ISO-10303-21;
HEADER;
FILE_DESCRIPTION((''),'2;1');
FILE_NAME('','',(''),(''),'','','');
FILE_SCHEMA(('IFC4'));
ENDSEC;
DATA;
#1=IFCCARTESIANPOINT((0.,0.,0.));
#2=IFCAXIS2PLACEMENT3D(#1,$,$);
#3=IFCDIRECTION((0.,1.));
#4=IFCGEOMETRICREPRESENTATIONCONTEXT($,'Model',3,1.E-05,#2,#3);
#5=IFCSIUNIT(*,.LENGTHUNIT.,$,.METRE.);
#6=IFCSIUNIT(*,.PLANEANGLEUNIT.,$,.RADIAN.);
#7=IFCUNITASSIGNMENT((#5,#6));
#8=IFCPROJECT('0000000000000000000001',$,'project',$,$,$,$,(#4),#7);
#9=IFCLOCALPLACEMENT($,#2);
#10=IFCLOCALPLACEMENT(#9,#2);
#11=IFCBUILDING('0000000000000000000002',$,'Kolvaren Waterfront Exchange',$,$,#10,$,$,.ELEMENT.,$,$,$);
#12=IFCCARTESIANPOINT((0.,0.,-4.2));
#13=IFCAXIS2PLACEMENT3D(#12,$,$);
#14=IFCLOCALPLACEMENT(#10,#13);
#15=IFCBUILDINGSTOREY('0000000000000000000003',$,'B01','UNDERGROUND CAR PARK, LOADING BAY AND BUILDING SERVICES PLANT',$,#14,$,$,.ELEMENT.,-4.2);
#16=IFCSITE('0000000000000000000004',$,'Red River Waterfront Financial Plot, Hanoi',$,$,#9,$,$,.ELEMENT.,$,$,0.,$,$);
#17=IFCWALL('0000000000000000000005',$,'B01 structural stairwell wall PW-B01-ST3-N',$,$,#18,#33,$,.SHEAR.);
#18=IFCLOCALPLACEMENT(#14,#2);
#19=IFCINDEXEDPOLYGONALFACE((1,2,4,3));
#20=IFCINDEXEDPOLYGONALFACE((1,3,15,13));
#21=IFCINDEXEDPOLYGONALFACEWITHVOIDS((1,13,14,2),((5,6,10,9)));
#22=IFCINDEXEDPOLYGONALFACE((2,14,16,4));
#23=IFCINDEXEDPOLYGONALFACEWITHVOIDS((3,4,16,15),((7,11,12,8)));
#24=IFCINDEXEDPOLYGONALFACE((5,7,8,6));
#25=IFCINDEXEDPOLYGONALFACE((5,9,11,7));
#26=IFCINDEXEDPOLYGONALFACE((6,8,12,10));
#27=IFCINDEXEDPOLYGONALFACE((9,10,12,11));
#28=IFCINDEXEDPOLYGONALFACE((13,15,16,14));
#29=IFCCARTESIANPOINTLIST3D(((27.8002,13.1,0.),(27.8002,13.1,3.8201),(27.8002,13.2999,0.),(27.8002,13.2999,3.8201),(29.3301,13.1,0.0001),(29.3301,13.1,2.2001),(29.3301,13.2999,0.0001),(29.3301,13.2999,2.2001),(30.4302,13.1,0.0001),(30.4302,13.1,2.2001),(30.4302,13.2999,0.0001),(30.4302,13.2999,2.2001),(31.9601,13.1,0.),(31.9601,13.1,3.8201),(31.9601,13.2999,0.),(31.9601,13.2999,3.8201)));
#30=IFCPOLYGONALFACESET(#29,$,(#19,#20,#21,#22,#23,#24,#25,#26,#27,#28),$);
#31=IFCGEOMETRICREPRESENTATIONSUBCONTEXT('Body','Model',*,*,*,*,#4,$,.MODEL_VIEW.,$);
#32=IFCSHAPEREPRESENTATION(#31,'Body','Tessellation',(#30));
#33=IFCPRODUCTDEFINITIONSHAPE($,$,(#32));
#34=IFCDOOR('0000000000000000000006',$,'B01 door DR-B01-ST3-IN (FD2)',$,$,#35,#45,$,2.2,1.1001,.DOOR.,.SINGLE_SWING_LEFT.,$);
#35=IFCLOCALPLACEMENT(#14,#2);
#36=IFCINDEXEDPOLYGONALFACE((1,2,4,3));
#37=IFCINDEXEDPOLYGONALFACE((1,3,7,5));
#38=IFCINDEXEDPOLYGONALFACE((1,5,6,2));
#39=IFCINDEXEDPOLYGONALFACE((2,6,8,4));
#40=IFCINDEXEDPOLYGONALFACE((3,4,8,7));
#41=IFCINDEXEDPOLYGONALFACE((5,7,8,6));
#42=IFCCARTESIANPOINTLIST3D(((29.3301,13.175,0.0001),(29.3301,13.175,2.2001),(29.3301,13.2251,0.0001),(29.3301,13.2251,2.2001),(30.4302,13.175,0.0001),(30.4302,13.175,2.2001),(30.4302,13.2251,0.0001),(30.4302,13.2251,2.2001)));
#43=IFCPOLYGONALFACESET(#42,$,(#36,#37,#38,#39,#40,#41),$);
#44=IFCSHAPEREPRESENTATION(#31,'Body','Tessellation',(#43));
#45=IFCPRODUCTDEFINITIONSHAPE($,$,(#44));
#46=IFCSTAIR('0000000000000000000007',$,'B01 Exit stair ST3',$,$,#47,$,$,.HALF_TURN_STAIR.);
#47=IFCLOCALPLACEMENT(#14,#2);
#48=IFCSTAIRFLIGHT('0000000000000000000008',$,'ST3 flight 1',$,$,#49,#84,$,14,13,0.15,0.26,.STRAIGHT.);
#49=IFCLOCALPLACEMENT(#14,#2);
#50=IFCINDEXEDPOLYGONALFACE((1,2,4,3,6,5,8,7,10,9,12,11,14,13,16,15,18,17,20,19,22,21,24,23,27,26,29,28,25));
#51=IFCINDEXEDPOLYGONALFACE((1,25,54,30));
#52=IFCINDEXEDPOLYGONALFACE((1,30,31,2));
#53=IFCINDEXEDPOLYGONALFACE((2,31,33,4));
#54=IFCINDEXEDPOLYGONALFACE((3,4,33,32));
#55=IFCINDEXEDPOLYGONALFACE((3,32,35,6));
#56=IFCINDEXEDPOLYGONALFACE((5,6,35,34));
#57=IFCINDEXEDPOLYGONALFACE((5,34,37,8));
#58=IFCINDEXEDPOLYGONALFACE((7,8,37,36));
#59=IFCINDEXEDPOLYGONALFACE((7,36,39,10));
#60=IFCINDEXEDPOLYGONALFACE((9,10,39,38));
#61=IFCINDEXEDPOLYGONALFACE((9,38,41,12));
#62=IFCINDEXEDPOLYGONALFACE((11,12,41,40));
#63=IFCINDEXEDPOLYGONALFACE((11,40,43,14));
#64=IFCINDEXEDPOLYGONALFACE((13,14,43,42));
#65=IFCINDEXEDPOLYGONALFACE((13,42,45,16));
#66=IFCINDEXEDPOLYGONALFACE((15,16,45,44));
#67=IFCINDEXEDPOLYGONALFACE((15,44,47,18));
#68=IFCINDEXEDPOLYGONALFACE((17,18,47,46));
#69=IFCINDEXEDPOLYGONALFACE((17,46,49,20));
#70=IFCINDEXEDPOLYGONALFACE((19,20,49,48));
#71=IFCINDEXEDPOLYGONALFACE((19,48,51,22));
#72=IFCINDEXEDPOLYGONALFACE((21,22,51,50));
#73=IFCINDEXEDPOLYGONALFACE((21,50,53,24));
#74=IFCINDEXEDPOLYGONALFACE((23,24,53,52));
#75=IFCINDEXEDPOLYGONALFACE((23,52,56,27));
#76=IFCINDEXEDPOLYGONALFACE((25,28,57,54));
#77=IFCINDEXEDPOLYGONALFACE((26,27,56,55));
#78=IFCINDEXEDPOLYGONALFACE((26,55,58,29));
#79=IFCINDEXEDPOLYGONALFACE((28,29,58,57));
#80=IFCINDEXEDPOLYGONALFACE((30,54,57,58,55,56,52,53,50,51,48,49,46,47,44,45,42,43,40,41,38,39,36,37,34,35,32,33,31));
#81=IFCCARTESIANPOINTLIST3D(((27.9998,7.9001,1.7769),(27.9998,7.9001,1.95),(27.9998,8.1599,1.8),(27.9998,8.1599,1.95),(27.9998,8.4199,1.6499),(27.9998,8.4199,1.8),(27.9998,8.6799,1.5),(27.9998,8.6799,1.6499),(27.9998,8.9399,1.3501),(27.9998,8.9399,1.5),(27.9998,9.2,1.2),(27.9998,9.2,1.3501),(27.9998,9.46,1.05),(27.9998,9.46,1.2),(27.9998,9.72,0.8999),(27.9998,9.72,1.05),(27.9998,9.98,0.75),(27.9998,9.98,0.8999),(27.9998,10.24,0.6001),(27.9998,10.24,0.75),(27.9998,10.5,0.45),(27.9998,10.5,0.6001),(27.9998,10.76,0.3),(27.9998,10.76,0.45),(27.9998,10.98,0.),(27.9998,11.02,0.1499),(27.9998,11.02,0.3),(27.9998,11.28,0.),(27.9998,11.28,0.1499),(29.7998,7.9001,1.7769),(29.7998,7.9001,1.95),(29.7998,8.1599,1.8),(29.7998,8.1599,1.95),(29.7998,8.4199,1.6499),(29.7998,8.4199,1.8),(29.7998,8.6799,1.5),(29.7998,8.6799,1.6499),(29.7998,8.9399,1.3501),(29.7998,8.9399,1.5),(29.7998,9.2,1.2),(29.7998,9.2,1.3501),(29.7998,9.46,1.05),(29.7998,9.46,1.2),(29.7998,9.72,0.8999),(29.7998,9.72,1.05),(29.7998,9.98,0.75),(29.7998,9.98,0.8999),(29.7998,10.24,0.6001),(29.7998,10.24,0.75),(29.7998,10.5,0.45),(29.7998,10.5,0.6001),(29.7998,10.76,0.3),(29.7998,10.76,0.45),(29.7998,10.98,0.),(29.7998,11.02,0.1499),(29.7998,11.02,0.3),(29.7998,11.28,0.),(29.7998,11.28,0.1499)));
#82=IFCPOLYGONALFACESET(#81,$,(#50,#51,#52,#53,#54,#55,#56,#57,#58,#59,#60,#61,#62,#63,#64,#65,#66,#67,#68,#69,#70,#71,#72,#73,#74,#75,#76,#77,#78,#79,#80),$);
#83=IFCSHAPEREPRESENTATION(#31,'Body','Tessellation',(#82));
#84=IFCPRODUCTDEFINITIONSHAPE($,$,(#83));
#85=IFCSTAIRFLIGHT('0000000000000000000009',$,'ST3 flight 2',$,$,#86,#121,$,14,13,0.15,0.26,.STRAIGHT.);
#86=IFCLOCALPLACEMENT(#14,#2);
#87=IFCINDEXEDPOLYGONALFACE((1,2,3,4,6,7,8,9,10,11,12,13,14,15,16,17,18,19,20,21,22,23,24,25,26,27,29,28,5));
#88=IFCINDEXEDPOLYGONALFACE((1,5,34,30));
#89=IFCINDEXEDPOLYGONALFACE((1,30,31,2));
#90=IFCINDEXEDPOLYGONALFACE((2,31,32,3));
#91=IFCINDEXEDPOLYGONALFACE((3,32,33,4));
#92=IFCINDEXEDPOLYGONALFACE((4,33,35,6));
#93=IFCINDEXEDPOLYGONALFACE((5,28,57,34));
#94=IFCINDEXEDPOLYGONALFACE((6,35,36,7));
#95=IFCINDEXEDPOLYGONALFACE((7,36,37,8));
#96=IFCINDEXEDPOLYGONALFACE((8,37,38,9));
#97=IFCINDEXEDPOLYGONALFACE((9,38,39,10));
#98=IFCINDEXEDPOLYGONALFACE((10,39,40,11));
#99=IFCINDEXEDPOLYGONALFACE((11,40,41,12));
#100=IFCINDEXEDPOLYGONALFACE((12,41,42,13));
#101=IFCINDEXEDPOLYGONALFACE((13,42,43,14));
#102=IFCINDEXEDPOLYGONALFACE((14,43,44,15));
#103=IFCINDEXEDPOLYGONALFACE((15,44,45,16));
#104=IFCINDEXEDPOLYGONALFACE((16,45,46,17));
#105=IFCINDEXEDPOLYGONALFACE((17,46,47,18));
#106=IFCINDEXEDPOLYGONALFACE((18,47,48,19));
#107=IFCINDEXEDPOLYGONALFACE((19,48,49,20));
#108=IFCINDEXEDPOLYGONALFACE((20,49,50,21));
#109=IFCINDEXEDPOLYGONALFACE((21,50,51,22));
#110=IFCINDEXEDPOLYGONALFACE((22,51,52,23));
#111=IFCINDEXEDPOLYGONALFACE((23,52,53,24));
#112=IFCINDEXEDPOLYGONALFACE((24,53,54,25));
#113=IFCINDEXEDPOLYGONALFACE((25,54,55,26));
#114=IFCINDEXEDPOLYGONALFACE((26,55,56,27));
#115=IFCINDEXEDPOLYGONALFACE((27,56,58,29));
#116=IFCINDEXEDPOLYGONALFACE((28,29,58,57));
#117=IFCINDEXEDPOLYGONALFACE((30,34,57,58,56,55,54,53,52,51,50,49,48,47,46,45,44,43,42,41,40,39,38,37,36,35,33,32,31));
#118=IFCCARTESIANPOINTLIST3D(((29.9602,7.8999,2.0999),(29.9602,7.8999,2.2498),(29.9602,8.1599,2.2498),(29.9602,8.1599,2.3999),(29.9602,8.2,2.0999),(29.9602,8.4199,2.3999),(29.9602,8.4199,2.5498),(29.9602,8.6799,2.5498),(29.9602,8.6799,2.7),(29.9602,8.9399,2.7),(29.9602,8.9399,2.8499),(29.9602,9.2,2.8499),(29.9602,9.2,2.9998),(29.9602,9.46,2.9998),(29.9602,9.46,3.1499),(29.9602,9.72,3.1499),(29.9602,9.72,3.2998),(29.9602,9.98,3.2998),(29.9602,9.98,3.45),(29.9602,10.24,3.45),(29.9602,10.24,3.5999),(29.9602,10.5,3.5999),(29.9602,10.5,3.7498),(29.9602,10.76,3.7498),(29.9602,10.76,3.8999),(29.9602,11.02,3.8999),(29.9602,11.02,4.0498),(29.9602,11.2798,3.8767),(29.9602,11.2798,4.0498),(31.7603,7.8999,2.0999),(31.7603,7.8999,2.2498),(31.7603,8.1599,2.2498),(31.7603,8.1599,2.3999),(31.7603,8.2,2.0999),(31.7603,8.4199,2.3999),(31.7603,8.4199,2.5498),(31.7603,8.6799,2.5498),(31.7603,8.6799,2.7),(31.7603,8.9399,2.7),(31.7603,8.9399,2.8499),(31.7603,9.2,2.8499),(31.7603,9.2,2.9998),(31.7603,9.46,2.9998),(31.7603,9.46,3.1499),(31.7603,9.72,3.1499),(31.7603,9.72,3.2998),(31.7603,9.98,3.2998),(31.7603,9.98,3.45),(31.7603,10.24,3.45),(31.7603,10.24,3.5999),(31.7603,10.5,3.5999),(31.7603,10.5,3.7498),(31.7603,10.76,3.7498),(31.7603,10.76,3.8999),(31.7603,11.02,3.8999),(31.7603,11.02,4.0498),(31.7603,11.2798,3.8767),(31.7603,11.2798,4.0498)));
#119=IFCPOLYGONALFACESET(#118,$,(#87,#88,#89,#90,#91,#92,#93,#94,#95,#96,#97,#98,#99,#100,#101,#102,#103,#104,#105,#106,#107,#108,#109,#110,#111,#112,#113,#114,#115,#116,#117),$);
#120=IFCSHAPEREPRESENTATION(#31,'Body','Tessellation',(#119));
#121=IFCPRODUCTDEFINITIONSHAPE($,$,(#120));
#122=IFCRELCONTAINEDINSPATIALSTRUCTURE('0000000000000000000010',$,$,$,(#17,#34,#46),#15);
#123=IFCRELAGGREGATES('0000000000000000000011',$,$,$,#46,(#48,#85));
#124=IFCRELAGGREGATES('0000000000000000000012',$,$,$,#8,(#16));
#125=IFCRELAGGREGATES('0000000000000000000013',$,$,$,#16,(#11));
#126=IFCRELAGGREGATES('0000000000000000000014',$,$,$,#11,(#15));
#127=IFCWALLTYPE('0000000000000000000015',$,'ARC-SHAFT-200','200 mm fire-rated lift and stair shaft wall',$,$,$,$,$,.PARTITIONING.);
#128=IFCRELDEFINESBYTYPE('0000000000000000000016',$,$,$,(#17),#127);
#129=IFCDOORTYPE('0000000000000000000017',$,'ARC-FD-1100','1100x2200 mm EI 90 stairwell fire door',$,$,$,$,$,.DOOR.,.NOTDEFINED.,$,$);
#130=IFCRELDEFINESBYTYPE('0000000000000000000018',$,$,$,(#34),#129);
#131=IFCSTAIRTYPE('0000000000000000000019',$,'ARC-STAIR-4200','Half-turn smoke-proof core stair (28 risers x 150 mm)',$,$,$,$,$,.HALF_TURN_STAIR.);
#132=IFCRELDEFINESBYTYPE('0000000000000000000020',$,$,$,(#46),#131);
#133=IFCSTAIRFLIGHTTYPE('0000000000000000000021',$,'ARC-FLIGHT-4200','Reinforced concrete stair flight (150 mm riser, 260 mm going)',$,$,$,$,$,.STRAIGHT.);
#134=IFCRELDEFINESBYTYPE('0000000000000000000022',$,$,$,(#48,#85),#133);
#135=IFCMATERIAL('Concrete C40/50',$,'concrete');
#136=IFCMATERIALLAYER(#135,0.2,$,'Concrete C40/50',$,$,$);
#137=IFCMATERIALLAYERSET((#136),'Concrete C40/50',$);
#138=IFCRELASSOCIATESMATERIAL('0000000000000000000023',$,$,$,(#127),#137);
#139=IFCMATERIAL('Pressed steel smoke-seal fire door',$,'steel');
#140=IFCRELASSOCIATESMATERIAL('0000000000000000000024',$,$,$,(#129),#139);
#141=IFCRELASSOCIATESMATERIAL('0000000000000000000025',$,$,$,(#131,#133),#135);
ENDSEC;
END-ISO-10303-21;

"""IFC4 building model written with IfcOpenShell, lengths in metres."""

from ifc_helpers import new_model, si_unit, direction, frame, frame_2d, origin, place, context, subcontext, project, spatial, polyline, rectangle, outline, extrude, material, layer, layer_set, type_object, element, fill, aggregate, save


model = new_model("IFC4")

# Units and contexts
model_context = context("Model", 3, precision=1e-05, world=origin(), true_north=direction((0.0, 1.0)))
body_context = subcontext(model_context, "Body", "Model", "MODEL_VIEW")
ifc_project = project(units=[si_unit("LENGTHUNIT", "METRE"), si_unit("PLANEANGLEUNIT", "RADIAN")], contexts=[model_context])

# Site, building, storey
site_placement = place(None, origin())
site = spatial("IfcSite", under=ifc_project, at=site_placement, Name="Red River Waterfront Financial Plot, Hanoi", CompositionType="ELEMENT", RefElevation=0.0)
building_placement = place(site_placement, origin())
building = spatial("IfcBuilding", under=site, at=building_placement, Name="Kolvaren Waterfront Exchange", CompositionType="ELEMENT")
storey_placement = place(building_placement, frame((0.0, 0.0, -4.2)))
storey = spatial("IfcBuildingStorey", under=building, at=storey_placement, Name="B01", Description="UNDERGROUND CAR PARK, LOADING BAY AND BUILDING SERVICES PLANT", CompositionType="ELEMENT", Elevation=-4.2)

# Shared definitions
ifc_material_1 = material(Name="Concrete C40/50", Category="concrete")

# Shared definitions
ifc_layer = layer(ifc_material_1, 0.2, Name="Concrete C40/50")
ifc_layer_set = layer_set([ifc_layer], Name="Concrete C40/50")
wall_type = type_object("IfcWallType", Name="ARC-SHAFT-200", Description="200 mm fire-rated lift and stair shaft wall", PredefinedType="PARTITIONING", material=ifc_layer_set)

# Wall, opening, door
wall_1_placement = place(storey_placement, frame((27.8, 13.2, 0.0), z_axis=(0.0, 0.0, 1.0), x_axis=(1.0, 0.0, 0.0)))
wall_1 = element("IfcWall", 1, at=wall_1_placement, inside=storey, type_object=wall_type, Name="B01 structural stairwell wall PW-B01-ST3-N", PredefinedType="SHEAR", context=body_context, shape_type="SweptSolid", body=[
    extrude(rectangle(XDim=4.1599, YDim=0.2, at=frame_2d((2.0801, 0.0))), origin(), (0.0, 0.0, 1.0), 3.8201),
])
opening_placement = place(wall_1_placement, frame((1.53, 0.0, 0.0)))
opening = element("IfcOpeningElement", 2, at=opening_placement, cuts=wall_1, PredefinedType="OPENING", context=body_context, shape_type="SweptSolid", body=[
    extrude(rectangle(XDim=1.1001, YDim=2.2, at=frame_2d((0.55, 1.1001))), frame((0.0, 0.1099, 0.0), z_axis=(0.0, -1.0, 0.0), x_axis=(1.0, 0.0, 0.0)), (0.0, 0.0, 1.0), 0.22),
])
ifc_material_2 = material(Name="Pressed steel smoke-seal fire door", Category="steel")
door_type = type_object("IfcDoorType", Name="ARC-FD-1100", Description="1100x2200 mm EI 90 stairwell fire door", OperationType="NOTDEFINED", PredefinedType="DOOR", material=ifc_material_2)
door_placement = place(opening_placement, frame((1.1001, 0.0, 0.0), z_axis=(0.0, 0.0, 1.0), x_axis=(-1.0, 0.0, 0.0)))
door = element("IfcDoor", 3, at=door_placement, inside=storey, type_object=door_type, Name="B01 door DR-B01-ST3-IN (FD2)", OperationType="SINGLE_SWING_LEFT", OverallHeight=2.2, OverallWidth=1.1001, PredefinedType="DOOR", context=body_context, shape_type="SweptSolid", body=[
    extrude(rectangle(XDim=1.1001, YDim=2.2, at=frame_2d((0.55, 1.1001))), frame((0.0, 0.0249, 0.0), z_axis=(0.0, -1.0, 0.0), x_axis=(1.0, 0.0, 0.0)), (0.0, 0.0, 1.0), 0.05),
])
fill(opening, door)

# Stair, stair flights
stair_type = type_object("IfcStairType", Name="ARC-STAIR-4200", Description="Half-turn smoke-proof core stair (28 risers x 150 mm)", PredefinedType="HALF_TURN_STAIR", material=ifc_material_1)
stair_placement = place(storey_placement, origin())
stair = element("IfcStair", 4, at=stair_placement, inside=storey, type_object=stair_type, Name="B01 Exit stair ST3", PredefinedType="HALF_TURN_STAIR")
stair_flight_type = type_object("IfcStairFlightType", Name="ARC-FLIGHT-4200", Description="Reinforced concrete stair flight (150 mm riser, 260 mm going)", PredefinedType="STRAIGHT", material=ifc_material_1)
stair_flight_1_placement = place(storey_placement, frame((28.8999, 11.28, 0.0), z_axis=(0.0, 0.0, 1.0), x_axis=(0.0, -1.0, 0.0)))
stair_flight_1 = element("IfcStairFlight", 5, at=stair_flight_1_placement, type_object=stair_flight_type, Name="ST3 flight 1", NumberOfRisers=14, NumberOfTreads=13, PredefinedType="STRAIGHT", RiserHeight=0.15, TreadLength=0.26, context=body_context, shape_type="SweptSolid", body=[
    extrude(outline(polyline([(0.0, 0.0), (0.0, 0.1499), (0.26, 0.1499), (0.26, 0.3), (0.52, 0.3), (0.52, 0.45), (0.78, 0.45), (0.78, 0.6001), (1.04, 0.6001), (1.04, 0.75), (1.3, 0.75), (1.3, 0.8999), (1.5601, 0.8999), (1.5601, 1.05), (1.8201, 1.05), (1.8201, 1.2), (2.0801, 1.2), (2.0801, 1.3501), (2.3401, 1.3501), (2.3401, 1.5), (2.6001, 1.5), (2.6001, 1.6499), (2.8601, 1.6499), (2.8601, 1.8), (3.1201, 1.8), (3.1201, 1.95), (3.3799, 1.95), (3.3799, 2.1001), (3.3799, 1.7769), (0.3, 0.0), (0.0, 0.0)])), frame((0.0, 0.8999, 0.0), z_axis=(0.0, -1.0, 0.0), x_axis=(1.0, 0.0, 0.0)), (0.0, 0.0, 1.0), 1.8),
])
stair_flight_2_placement = place(storey_placement, frame((30.8601, 7.8999, 2.0999), z_axis=(0.0, 0.0, 1.0), x_axis=(0.0, 1.0, 0.0)))
stair_flight_2 = element("IfcStairFlight", 6, at=stair_flight_2_placement, type_object=stair_flight_type, Name="ST3 flight 2", NumberOfRisers=14, NumberOfTreads=13, PredefinedType="STRAIGHT", RiserHeight=0.15, TreadLength=0.26, context=body_context, shape_type="SweptSolid", body=[
    extrude(outline(polyline([(0.0, 0.0), (0.0, 0.1499), (0.26, 0.1499), (0.26, 0.3), (0.52, 0.3), (0.52, 0.45), (0.78, 0.45), (0.78, 0.6001), (1.04, 0.6001), (1.04, 0.75), (1.3, 0.75), (1.3, 0.8999), (1.5601, 0.8999), (1.5601, 1.05), (1.8201, 1.05), (1.8201, 1.2), (2.0801, 1.2), (2.0801, 1.3501), (2.3401, 1.3501), (2.3401, 1.5), (2.6001, 1.5), (2.6001, 1.6499), (2.8601, 1.6499), (2.8601, 1.8), (3.1201, 1.8), (3.1201, 1.95), (3.3799, 1.95), (3.3799, 2.1001), (3.3799, 1.7769), (0.3, 0.0), (0.0, 0.0)])), frame((0.0, 0.8999, 0.0), z_axis=(0.0, -1.0, 0.0), x_axis=(1.0, 0.0, 0.0)), (0.0, 0.0, 1.0), 1.8),
])
aggregate(stair, [stair_flight_1, stair_flight_2])

save(model, "model.ifc")
